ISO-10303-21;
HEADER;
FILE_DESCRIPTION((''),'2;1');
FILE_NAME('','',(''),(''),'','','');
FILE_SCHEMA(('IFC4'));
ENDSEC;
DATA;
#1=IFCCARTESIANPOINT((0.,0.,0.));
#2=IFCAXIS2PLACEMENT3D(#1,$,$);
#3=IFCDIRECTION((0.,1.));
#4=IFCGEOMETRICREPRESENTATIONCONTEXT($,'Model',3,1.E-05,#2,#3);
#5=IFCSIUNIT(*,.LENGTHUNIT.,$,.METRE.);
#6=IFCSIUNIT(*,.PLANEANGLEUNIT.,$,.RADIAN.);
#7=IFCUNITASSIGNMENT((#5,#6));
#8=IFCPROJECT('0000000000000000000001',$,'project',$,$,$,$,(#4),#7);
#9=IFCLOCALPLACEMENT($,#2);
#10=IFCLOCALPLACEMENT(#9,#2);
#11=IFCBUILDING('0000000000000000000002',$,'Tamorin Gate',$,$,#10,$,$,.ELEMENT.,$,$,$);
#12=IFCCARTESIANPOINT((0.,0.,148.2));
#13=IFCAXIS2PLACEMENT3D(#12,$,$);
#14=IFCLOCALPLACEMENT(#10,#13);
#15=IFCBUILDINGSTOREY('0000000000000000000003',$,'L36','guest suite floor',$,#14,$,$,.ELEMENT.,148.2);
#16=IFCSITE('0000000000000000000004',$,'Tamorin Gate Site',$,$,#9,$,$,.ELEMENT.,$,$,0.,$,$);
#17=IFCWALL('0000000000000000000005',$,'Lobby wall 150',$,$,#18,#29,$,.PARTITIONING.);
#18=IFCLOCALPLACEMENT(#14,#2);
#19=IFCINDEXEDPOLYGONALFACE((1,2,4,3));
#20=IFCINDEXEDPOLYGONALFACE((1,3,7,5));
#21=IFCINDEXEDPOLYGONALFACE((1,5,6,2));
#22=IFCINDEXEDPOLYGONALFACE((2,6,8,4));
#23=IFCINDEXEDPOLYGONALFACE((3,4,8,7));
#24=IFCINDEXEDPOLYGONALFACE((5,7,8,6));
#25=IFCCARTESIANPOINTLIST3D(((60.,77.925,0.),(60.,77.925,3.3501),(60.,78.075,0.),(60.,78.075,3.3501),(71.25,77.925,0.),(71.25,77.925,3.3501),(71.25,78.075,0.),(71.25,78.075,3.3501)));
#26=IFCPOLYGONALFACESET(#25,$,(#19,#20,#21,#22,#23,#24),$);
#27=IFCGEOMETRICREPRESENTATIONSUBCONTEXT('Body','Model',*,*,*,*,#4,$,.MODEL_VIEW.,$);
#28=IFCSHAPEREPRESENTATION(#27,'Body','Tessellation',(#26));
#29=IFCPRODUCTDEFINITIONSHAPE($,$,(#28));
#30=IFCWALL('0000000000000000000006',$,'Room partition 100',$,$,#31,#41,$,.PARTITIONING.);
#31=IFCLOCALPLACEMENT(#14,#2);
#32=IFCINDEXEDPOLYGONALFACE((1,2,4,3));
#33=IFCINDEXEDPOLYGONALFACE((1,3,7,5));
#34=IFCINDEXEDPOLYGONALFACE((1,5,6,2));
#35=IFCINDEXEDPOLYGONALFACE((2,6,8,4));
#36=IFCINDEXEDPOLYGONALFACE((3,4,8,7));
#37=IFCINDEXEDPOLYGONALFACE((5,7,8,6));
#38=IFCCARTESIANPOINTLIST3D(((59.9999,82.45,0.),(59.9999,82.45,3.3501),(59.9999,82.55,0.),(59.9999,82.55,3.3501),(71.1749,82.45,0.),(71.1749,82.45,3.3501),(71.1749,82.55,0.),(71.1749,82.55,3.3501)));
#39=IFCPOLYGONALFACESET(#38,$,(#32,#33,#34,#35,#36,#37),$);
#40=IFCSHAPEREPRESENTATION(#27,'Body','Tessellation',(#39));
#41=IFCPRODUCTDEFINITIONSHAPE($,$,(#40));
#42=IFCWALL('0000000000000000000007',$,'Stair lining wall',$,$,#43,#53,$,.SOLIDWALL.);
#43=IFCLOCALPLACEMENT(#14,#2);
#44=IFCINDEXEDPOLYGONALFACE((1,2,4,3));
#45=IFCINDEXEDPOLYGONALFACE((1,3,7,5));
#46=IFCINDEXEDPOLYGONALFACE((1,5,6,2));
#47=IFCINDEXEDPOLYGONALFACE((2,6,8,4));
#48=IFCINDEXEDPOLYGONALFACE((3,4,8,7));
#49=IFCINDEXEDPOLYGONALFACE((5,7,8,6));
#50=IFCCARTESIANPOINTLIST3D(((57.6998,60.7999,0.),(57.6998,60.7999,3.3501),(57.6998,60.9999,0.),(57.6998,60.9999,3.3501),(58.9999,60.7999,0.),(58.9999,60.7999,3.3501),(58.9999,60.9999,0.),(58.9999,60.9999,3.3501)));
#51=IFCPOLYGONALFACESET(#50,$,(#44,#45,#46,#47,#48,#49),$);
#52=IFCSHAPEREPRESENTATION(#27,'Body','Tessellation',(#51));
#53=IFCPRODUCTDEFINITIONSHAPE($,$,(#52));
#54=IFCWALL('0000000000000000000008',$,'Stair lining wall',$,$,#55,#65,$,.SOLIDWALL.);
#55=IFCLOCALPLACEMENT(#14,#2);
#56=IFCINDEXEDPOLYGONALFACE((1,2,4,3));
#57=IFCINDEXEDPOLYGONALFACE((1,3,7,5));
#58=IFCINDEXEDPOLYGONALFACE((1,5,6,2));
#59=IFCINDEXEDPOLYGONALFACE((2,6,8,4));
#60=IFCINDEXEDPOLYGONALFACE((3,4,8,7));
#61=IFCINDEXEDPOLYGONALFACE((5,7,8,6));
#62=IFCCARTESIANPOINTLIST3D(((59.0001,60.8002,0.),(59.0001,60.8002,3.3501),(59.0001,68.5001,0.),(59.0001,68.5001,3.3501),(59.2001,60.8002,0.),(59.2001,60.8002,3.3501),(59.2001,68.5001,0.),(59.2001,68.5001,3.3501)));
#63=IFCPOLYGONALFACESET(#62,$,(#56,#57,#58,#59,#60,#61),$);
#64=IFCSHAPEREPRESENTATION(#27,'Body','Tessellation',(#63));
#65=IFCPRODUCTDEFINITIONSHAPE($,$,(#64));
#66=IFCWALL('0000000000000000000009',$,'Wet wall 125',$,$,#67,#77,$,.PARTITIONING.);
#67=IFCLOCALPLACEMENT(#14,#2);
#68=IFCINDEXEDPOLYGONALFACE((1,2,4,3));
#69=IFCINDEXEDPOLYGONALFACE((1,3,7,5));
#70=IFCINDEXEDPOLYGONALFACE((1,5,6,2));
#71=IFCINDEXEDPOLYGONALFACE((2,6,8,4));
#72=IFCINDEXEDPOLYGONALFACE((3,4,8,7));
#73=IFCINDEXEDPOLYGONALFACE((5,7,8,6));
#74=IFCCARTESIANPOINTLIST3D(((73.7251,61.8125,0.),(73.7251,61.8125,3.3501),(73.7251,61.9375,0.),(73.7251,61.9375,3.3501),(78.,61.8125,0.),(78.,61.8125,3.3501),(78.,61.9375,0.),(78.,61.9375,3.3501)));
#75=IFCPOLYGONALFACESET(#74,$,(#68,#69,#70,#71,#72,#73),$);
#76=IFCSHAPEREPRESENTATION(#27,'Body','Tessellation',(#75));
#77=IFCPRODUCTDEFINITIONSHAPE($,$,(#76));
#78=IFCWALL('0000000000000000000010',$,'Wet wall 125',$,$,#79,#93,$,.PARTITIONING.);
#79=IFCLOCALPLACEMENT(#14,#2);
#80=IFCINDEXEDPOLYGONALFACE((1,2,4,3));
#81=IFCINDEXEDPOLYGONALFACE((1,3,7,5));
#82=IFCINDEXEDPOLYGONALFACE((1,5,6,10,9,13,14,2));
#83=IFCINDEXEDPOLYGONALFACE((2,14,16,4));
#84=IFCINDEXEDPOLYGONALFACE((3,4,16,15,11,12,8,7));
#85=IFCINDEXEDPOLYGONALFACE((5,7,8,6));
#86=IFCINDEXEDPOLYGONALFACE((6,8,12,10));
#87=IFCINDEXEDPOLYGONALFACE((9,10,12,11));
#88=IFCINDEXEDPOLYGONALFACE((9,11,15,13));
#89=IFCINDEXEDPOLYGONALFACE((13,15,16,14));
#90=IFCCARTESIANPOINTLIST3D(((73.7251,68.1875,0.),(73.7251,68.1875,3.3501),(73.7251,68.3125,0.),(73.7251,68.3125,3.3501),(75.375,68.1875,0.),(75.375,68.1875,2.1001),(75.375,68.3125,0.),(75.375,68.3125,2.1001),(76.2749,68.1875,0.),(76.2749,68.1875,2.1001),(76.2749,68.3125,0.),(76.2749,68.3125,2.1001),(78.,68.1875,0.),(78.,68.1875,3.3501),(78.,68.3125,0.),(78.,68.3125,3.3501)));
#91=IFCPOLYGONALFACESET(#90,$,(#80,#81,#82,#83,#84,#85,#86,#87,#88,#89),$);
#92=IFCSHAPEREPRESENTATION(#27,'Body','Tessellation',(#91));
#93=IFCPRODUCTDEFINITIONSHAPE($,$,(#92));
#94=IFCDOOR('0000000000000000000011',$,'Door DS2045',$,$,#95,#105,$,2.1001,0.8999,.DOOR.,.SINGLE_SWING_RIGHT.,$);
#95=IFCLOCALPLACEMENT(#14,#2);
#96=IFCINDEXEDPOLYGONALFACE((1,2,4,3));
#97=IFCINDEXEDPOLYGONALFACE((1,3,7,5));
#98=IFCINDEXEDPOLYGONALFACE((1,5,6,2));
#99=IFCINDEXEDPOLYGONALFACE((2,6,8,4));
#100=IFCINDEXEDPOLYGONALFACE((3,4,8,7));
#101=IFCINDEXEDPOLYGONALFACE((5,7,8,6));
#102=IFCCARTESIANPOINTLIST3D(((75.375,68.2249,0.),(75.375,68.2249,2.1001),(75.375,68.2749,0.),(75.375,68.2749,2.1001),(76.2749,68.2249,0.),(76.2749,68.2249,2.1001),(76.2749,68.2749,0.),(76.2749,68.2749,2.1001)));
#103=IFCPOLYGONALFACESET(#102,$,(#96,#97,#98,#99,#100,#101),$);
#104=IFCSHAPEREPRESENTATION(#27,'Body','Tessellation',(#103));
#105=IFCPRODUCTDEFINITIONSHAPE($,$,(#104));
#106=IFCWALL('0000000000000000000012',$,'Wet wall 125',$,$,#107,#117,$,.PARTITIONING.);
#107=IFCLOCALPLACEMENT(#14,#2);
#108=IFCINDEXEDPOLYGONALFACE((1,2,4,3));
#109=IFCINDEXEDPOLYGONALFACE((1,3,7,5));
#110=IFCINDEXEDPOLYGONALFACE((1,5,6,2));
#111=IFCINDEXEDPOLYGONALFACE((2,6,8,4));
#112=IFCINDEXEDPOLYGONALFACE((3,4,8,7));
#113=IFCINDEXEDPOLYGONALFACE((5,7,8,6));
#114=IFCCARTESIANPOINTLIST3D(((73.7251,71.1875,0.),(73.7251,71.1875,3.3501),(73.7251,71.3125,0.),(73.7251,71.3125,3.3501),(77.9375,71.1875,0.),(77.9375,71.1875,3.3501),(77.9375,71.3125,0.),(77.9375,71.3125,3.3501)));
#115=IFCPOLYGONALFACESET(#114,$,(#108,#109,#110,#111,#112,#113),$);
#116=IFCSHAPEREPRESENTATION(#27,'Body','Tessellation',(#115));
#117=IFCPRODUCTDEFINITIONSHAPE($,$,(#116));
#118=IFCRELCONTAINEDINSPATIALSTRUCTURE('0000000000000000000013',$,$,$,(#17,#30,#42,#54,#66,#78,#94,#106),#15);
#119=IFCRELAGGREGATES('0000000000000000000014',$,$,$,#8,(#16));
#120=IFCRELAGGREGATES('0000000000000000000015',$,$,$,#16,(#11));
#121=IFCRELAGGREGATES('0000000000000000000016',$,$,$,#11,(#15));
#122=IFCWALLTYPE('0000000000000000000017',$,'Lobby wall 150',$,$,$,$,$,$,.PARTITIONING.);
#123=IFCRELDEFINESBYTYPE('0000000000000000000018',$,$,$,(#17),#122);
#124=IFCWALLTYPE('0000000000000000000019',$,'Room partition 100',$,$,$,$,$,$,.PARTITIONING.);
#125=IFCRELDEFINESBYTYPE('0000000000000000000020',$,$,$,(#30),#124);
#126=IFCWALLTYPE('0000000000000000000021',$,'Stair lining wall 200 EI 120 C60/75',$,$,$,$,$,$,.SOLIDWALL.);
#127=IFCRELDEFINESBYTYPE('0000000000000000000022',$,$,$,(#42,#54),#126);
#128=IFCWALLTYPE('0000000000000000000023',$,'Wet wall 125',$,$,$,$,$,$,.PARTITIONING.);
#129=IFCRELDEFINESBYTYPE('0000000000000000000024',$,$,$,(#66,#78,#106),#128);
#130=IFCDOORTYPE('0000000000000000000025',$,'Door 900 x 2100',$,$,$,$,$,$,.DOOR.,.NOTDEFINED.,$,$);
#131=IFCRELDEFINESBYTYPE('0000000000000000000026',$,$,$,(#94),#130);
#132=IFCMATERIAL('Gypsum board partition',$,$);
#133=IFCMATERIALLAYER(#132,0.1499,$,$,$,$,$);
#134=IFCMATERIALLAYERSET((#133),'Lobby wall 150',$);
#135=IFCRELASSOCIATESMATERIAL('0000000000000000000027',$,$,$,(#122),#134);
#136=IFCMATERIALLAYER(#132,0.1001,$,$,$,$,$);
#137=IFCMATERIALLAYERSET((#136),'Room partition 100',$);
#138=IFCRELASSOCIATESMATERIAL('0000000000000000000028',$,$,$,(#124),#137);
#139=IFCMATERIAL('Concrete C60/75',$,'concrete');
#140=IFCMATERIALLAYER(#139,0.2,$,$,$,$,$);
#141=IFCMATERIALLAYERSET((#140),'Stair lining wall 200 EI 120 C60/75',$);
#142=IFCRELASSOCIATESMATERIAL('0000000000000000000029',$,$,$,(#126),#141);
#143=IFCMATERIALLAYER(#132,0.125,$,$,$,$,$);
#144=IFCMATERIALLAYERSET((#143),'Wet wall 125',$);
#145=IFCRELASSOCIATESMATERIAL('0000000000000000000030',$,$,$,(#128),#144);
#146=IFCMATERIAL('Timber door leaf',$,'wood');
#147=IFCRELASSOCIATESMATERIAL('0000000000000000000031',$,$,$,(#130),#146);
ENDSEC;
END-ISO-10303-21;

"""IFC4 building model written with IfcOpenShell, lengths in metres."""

from ifc_helpers import new_model, si_unit, direction, frame, frame_2d, origin, place, context, subcontext, project, spatial, rectangle, extrude, material, layer, layer_set, type_object, element, fill, save


model = new_model("IFC4")

# Units and contexts
model_context = context("Model", 3, precision=1e-05, world=origin(), true_north=direction((0.0, 1.0)))
body_context = subcontext(model_context, "Body", "Model", "MODEL_VIEW")
ifc_project = project(units=[si_unit("LENGTHUNIT", "METRE"), si_unit("PLANEANGLEUNIT", "RADIAN")], contexts=[model_context])

# Site, building, storey
site_placement = place(None, origin())
site = spatial("IfcSite", under=ifc_project, at=site_placement, Name="Tamorin Gate Site", CompositionType="ELEMENT", RefElevation=0.0)
building_placement = place(site_placement, origin())
building = spatial("IfcBuilding", under=site, at=building_placement, Name="Tamorin Gate", CompositionType="ELEMENT")
storey_placement = place(building_placement, frame((0.0, 0.0, 148.2)))
storey = spatial("IfcBuildingStorey", under=building, at=storey_placement, Name="L36", Description="guest suite floor", CompositionType="ELEMENT", Elevation=148.2)

# Shared definitions
ifc_material_1 = material(Name="Concrete C60/75", Category="concrete")

# Shared definitions
ifc_material_2 = material(Name="Gypsum board partition")
ifc_material_3 = material(Name="Timber door leaf", Category="wood")

# Walls
ifc_layer_1 = layer(ifc_material_2, 0.1499)
ifc_layer_set_1 = layer_set([ifc_layer_1], Name="Lobby wall 150")
wall_type_1 = type_object("IfcWallType", Name="Lobby wall 150", PredefinedType="PARTITIONING", material=ifc_layer_set_1)
for number, where, z_axis, x_axis, name in (
    (1, (60.0, 78.0, 0.0), (0.0, 0.0, 1.0), (1.0, 0.0, 0.0), "Lobby wall 150"),
):
    element("IfcWall", number, at=place(storey_placement, frame(where, z_axis=z_axis, x_axis=x_axis)), inside=storey, type_object=wall_type_1, Name=name, PredefinedType="PARTITIONING", context=body_context, shape_type="SweptSolid", body=[
        extrude(rectangle(XDim=11.25, YDim=0.1499, at=frame_2d((5.625, 0.0))), origin(), (0.0, 0.0, 1.0), 3.3501),
    ])
ifc_layer_2 = layer(ifc_material_2, 0.1001)
ifc_layer_set_2 = layer_set([ifc_layer_2], Name="Room partition 100")
wall_type_2 = type_object("IfcWallType", Name="Room partition 100", PredefinedType="PARTITIONING", material=ifc_layer_set_2)
wall_1_placement = place(storey_placement, frame((60.0, 82.5, 0.0), z_axis=(0.0, 0.0, 1.0), x_axis=(1.0, 0.0, 0.0)))
element("IfcWall", 2, at=wall_1_placement, inside=storey, type_object=wall_type_2, Name="Room partition 100", PredefinedType="PARTITIONING", context=body_context, shape_type="SweptSolid", body=[
    extrude(rectangle(XDim=11.175, YDim=0.1001, at=frame_2d((5.5874, 0.0))), origin(), (0.0, 0.0, 1.0), 3.3501),
])
ifc_layer_3 = layer(ifc_material_1, 0.2)
ifc_layer_set_3 = layer_set([ifc_layer_3], Name="Stair lining wall 200 EI 120 C60/75")
wall_type_3 = type_object("IfcWallType", Name="Stair lining wall 200 EI 120 C60/75", PredefinedType="SOLIDWALL", material=ifc_layer_set_3)
wall_2_placement = place(storey_placement, frame((57.7, 60.8999, 0.0), z_axis=(0.0, 0.0, 1.0), x_axis=(1.0, 0.0, 0.0)))
element("IfcWall", 3, at=wall_2_placement, inside=storey, type_object=wall_type_3, Name="Stair lining wall", PredefinedType="SOLIDWALL", context=body_context, shape_type="SweptSolid", body=[
    extrude(rectangle(XDim=1.3, YDim=0.2, at=frame_2d((0.6499, 0.0))), origin(), (0.0, 0.0, 1.0), 3.3501),
])
wall_3_placement = place(storey_placement, frame((59.1001, 60.8, 0.0), z_axis=(0.0, 0.0, 1.0), x_axis=(0.0, 1.0, 0.0)))
element("IfcWall", 4, at=wall_3_placement, inside=storey, type_object=wall_type_3, Name="Stair lining wall", PredefinedType="SOLIDWALL", context=body_context, shape_type="SweptSolid", body=[
    extrude(rectangle(XDim=7.7, YDim=0.2, at=frame_2d((3.8501, 0.0))), origin(), (0.0, 0.0, 1.0), 3.3501),
])
ifc_layer_4 = layer(ifc_material_2, 0.125)
ifc_layer_set_4 = layer_set([ifc_layer_4], Name="Wet wall 125")
wall_type_4 = type_object("IfcWallType", Name="Wet wall 125", PredefinedType="PARTITIONING", material=ifc_layer_set_4)
wall_4_placement = place(storey_placement, frame((73.7251, 61.875, 0.0), z_axis=(0.0, 0.0, 1.0), x_axis=(1.0, 0.0, 0.0)))
element("IfcWall", 5, at=wall_4_placement, inside=storey, type_object=wall_type_4, Name="Wet wall 125", PredefinedType="PARTITIONING", context=body_context, shape_type="SweptSolid", body=[
    extrude(rectangle(XDim=4.2749, YDim=0.125, at=frame_2d((2.1375, 0.0))), origin(), (0.0, 0.0, 1.0), 3.3501),
])

# Wall, opening, door
wall_5_placement = place(storey_placement, frame((73.7251, 68.25, 0.0), z_axis=(0.0, 0.0, 1.0), x_axis=(1.0, 0.0, 0.0)))
wall_5 = element("IfcWall", 6, at=wall_5_placement, inside=storey, type_object=wall_type_4, Name="Wet wall 125", PredefinedType="PARTITIONING", context=body_context, shape_type="SweptSolid", body=[
    extrude(rectangle(XDim=4.2749, YDim=0.125, at=frame_2d((2.1375, 0.0))), origin(), (0.0, 0.0, 1.0), 3.3501),
])
opening_1_placement = place(wall_5_placement, frame((1.6499, 0.0, 0.0)))
opening_1 = element("IfcOpeningElement", 7, at=opening_1_placement, cuts=wall_5, PredefinedType="OPENING", context=body_context, shape_type="SweptSolid", body=[
    extrude(rectangle(XDim=0.8999, YDim=2.1001, at=frame_2d((0.45, 1.05))), frame((0.0, 0.0725, 0.0), z_axis=(0.0, -1.0, 0.0), x_axis=(1.0, 0.0, 0.0)), (0.0, 0.0, 1.0), 0.145),
])
door_type_1 = type_object("IfcDoorType", Name="Door 900 x 2100", OperationType="NOTDEFINED", PredefinedType="DOOR", material=ifc_material_3)
door_1_placement = place(opening_1_placement, origin())
door_1 = element("IfcDoor", 8, at=door_1_placement, inside=storey, type_object=door_type_1, Name="Door DS2045", OperationType="SINGLE_SWING_RIGHT", OverallHeight=2.1001, OverallWidth=0.8999, PredefinedType="DOOR", context=body_context, shape_type="SweptSolid", body=[
    extrude(rectangle(XDim=0.8999, YDim=2.1001, at=frame_2d((0.45, 1.05))), frame((0.0, 0.0249, 0.0), z_axis=(0.0, -1.0, 0.0), x_axis=(1.0, 0.0, 0.0)), (0.0, 0.0, 1.0), 0.05),
])
fill(opening_1, door_1)

# Wall
wall_6_placement = place(storey_placement, frame((73.7251, 71.25, 0.0), z_axis=(0.0, 0.0, 1.0), x_axis=(1.0, 0.0, 0.0)))
element("IfcWall", 9, at=wall_6_placement, inside=storey, type_object=wall_type_4, Name="Wet wall 125", PredefinedType="PARTITIONING", context=body_context, shape_type="SweptSolid", body=[
    extrude(rectangle(XDim=4.2124, YDim=0.125, at=frame_2d((2.1062, 0.0))), origin(), (0.0, 0.0, 1.0), 3.3501),
])

save(model, "model.ifc")
